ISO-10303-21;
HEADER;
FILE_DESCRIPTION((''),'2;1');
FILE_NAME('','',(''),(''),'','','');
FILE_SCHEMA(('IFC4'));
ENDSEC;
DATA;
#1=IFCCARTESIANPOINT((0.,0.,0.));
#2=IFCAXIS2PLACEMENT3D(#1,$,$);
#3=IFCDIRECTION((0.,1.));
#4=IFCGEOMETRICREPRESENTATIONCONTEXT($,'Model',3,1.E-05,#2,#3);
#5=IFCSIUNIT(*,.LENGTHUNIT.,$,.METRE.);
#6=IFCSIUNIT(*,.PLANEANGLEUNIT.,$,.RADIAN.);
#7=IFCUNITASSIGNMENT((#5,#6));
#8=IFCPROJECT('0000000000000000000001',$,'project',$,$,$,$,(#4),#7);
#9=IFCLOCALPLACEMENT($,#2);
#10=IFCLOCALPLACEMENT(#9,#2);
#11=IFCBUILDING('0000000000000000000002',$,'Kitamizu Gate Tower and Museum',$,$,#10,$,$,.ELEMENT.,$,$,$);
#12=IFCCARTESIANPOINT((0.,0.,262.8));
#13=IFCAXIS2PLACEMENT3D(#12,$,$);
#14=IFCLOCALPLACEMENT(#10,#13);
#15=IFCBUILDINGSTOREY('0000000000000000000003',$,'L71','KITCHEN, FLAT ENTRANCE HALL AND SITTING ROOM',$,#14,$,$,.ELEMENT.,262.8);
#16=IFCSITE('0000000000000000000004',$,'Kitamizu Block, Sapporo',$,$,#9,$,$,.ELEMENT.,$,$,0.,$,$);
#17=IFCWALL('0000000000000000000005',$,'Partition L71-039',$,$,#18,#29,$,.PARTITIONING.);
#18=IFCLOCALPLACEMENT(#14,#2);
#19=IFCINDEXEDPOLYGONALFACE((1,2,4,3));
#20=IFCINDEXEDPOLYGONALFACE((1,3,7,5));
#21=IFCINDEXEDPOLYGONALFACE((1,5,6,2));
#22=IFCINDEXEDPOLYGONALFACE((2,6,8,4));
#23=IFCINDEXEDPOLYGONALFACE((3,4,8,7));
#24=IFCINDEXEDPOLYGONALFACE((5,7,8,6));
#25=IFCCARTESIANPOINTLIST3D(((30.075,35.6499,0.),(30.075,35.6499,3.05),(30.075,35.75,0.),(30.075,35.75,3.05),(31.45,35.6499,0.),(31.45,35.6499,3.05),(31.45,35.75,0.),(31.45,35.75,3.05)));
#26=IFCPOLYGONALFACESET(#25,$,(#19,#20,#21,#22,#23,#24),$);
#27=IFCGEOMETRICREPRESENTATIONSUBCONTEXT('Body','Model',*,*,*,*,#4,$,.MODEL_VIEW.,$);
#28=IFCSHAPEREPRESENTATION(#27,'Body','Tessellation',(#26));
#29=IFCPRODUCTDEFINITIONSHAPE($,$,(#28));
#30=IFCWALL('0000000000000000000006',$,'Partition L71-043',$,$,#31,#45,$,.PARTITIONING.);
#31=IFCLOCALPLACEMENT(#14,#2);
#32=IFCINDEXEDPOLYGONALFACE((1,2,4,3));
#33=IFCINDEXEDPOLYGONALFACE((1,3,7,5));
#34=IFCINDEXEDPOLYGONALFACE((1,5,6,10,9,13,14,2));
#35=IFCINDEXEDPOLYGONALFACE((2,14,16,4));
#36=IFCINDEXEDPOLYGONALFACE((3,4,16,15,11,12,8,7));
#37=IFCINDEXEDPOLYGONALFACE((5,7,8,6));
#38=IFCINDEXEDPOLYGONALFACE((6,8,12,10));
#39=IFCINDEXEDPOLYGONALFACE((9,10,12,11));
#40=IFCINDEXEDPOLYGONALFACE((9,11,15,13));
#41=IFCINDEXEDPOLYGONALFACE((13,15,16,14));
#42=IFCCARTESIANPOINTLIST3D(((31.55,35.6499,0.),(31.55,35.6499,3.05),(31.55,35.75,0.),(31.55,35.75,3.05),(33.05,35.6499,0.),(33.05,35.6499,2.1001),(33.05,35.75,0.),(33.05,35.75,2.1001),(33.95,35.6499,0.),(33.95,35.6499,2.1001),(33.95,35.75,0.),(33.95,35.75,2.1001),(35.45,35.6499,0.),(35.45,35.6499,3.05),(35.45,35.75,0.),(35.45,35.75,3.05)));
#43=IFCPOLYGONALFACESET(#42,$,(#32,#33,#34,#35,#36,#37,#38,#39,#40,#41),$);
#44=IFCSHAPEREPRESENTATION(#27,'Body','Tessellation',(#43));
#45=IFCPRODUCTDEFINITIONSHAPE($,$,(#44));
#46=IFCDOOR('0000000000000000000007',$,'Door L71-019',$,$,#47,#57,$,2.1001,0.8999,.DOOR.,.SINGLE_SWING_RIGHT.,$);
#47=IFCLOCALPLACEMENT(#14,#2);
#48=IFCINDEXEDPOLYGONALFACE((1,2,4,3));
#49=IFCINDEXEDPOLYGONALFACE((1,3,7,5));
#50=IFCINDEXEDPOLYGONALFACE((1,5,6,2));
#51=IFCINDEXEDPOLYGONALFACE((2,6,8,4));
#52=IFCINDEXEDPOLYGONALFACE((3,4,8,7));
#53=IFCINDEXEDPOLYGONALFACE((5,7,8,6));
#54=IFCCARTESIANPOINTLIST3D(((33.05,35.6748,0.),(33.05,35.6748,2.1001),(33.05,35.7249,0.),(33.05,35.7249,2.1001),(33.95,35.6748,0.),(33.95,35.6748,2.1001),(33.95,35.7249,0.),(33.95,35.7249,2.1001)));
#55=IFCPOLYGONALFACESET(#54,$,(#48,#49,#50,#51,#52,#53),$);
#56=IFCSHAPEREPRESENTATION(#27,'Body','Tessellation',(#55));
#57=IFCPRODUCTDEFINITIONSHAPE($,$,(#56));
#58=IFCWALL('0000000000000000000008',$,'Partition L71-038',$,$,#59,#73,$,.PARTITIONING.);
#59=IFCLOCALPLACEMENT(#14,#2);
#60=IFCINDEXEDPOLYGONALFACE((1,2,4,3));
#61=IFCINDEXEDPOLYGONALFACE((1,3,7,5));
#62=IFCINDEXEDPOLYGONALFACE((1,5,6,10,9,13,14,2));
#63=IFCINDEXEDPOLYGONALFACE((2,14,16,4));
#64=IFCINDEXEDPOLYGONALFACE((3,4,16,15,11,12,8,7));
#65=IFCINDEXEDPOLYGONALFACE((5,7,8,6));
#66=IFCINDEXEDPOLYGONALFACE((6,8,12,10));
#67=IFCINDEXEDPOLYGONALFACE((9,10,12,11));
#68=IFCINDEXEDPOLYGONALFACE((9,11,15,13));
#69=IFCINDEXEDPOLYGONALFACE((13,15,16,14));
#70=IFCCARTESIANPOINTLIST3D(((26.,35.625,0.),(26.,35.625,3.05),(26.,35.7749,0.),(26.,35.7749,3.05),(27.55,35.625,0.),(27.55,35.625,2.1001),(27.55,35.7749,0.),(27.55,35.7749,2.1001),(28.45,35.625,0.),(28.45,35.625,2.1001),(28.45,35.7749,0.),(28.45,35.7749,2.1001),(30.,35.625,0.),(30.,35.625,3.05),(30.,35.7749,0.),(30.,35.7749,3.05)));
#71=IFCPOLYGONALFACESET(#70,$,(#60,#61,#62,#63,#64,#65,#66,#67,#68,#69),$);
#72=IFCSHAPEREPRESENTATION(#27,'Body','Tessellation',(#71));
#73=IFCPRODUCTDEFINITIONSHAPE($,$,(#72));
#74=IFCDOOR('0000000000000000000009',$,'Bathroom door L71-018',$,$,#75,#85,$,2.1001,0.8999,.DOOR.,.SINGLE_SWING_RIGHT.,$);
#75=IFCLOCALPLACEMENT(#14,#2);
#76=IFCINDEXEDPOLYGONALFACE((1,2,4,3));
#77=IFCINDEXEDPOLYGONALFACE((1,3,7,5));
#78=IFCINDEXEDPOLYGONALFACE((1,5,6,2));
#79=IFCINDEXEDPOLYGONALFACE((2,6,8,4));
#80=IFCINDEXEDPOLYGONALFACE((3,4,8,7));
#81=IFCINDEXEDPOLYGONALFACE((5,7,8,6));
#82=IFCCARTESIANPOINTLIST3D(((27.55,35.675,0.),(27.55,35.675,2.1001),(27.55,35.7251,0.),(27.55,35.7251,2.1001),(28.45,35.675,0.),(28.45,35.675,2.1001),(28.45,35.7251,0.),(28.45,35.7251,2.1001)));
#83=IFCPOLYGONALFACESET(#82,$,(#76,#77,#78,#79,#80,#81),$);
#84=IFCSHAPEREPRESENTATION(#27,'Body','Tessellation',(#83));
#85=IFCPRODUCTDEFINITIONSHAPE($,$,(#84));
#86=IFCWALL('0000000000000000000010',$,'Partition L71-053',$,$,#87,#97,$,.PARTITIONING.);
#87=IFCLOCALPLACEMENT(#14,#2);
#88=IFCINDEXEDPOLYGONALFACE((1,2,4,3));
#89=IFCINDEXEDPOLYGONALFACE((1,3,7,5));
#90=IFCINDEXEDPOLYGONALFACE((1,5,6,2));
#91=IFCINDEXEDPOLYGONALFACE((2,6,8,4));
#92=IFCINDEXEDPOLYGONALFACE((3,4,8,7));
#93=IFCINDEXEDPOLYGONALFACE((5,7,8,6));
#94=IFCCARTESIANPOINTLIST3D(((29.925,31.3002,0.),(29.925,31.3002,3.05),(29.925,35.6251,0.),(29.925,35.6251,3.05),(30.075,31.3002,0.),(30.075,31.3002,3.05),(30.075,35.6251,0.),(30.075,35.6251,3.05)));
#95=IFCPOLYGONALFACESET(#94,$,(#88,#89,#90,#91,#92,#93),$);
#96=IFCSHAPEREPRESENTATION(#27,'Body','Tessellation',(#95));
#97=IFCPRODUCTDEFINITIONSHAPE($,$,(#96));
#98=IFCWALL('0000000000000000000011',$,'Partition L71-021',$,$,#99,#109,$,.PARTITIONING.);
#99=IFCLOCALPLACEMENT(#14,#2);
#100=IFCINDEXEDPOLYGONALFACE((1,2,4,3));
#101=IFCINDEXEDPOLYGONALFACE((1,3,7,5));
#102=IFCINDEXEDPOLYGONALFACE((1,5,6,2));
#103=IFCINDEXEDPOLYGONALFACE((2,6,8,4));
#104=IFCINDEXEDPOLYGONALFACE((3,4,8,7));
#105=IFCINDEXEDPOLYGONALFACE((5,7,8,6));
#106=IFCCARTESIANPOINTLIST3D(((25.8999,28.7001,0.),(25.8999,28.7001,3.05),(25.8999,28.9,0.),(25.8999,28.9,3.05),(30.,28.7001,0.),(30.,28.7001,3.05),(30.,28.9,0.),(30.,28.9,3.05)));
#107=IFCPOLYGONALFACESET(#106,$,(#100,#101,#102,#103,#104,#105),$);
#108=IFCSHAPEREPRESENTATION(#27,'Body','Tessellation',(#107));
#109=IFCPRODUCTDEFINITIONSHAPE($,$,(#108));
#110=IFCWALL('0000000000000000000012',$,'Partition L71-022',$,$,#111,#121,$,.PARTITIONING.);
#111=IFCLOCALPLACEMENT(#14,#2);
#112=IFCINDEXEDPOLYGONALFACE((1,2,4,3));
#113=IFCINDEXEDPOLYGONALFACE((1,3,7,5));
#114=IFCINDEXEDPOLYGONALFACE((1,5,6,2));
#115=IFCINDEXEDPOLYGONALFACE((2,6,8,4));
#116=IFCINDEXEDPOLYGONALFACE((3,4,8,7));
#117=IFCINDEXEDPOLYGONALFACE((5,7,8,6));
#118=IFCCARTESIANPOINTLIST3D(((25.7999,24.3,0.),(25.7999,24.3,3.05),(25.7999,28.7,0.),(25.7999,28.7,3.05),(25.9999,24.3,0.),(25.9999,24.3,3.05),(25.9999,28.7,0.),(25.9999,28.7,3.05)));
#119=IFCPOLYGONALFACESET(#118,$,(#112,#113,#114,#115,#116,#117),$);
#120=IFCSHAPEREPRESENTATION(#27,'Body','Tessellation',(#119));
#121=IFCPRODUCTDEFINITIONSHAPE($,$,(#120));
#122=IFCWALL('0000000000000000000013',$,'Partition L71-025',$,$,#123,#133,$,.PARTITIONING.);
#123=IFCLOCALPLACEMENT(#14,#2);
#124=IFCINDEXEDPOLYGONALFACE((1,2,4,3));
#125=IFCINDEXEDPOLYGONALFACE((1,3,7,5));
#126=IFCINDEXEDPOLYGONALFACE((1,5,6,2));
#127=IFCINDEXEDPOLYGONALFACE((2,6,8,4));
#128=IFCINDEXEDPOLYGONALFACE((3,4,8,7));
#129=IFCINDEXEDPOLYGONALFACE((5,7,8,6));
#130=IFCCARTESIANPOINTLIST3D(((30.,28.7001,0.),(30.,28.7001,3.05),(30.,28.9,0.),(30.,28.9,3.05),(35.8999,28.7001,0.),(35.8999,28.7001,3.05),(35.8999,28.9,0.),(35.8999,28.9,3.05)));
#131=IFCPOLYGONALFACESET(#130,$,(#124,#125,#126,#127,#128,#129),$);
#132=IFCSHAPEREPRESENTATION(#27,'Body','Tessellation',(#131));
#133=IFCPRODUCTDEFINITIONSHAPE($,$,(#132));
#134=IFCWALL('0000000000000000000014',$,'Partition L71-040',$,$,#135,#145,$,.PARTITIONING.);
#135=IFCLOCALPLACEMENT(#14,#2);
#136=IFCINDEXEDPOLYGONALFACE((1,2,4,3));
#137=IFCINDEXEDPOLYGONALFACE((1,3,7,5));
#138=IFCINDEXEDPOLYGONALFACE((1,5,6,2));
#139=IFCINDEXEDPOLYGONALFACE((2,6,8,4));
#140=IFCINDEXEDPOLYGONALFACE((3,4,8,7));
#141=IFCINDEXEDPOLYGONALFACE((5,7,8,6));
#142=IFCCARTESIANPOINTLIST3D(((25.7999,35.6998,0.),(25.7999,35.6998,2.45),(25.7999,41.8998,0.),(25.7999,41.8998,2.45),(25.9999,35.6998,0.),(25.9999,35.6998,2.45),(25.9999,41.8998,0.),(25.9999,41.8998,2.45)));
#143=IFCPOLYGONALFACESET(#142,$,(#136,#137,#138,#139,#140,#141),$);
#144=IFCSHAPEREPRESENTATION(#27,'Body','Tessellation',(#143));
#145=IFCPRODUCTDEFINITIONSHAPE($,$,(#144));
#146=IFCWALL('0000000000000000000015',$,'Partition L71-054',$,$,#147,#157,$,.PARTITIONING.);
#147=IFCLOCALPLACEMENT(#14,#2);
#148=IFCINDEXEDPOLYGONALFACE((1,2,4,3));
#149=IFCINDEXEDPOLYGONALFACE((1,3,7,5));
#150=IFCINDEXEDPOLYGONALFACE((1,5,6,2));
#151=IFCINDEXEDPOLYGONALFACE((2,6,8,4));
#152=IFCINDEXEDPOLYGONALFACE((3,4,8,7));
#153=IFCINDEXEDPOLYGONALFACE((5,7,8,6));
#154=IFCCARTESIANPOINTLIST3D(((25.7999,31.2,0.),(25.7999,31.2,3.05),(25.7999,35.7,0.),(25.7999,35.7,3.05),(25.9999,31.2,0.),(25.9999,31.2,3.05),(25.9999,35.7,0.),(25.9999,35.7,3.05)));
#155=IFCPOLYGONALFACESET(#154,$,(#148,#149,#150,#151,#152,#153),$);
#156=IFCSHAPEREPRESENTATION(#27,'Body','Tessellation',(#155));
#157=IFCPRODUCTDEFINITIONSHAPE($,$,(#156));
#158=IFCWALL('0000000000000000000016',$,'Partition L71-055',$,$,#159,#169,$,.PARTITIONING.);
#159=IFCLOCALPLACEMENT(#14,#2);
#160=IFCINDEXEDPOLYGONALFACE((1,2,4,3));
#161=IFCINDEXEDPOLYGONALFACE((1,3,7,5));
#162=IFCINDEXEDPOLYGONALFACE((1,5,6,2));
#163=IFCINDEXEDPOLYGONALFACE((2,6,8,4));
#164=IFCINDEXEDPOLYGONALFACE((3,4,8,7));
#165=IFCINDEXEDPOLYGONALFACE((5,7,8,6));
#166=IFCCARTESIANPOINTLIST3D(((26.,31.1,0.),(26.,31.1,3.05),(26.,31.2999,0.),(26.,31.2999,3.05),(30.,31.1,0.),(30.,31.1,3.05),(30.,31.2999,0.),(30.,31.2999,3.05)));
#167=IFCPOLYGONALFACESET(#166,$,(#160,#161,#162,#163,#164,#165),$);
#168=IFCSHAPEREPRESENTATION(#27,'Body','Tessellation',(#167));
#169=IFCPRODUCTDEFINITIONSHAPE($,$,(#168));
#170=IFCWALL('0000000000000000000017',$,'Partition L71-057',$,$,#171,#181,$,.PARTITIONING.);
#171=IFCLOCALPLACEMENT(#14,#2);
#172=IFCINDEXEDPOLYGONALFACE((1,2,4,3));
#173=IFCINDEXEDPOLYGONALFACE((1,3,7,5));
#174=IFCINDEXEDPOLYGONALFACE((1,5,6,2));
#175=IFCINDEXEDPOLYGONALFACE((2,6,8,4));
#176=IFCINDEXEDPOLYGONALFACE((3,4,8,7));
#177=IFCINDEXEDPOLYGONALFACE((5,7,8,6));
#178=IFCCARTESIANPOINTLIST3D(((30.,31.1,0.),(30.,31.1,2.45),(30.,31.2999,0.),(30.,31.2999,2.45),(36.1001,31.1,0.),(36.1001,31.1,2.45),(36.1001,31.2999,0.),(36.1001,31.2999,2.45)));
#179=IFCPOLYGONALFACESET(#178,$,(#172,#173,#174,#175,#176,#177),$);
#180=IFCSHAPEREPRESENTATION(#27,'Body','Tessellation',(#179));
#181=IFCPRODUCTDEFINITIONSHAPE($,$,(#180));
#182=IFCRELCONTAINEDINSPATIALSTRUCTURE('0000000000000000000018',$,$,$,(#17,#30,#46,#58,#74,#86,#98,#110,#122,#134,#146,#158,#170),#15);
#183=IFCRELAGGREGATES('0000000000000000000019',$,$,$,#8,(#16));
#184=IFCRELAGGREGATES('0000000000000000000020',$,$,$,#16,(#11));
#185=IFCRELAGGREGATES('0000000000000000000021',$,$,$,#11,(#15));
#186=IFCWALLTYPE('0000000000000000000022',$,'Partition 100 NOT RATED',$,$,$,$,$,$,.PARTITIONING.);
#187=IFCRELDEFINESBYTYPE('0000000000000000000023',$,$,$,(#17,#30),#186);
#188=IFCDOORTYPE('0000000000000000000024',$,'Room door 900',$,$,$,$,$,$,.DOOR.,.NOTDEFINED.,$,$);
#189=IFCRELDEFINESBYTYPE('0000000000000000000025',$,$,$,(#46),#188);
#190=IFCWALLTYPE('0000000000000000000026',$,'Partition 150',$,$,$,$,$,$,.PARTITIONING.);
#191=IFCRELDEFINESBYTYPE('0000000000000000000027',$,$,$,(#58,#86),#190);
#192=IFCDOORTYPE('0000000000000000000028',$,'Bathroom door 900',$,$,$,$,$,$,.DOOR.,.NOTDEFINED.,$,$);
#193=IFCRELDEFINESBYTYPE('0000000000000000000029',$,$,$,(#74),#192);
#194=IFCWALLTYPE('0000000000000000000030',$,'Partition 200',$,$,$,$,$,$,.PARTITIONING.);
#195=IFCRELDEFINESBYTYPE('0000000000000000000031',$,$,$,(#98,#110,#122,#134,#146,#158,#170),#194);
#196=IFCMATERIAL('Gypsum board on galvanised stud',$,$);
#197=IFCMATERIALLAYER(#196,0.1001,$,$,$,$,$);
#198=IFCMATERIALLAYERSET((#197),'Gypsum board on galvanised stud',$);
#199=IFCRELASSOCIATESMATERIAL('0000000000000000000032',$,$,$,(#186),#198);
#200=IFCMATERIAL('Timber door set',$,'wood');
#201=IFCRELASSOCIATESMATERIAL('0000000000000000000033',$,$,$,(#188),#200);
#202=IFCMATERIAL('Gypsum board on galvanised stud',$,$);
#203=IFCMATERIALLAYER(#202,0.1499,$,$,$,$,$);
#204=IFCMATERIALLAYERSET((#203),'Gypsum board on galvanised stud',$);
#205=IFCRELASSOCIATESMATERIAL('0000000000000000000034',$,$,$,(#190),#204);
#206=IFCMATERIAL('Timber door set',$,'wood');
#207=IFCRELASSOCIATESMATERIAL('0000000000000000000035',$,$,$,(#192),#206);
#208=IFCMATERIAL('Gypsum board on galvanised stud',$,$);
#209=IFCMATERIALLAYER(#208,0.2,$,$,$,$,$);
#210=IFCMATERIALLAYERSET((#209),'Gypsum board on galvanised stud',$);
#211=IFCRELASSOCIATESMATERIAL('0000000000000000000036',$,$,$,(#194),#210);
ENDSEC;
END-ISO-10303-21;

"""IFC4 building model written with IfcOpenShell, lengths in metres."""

from ifc_helpers import new_model, si_unit, direction, frame, frame_2d, origin, place, context, subcontext, project, spatial, rectangle, extrude, material, layer, layer_set, type_object, element, fill, save


model = new_model("IFC4")

# Units and contexts
model_context = context("Model", 3, precision=1e-05, world=origin(), true_north=direction((0.0, 1.0)))
body_context = subcontext(model_context, "Body", "Model", "MODEL_VIEW")
ifc_project = project(units=[si_unit("LENGTHUNIT", "METRE"), si_unit("PLANEANGLEUNIT", "RADIAN")], contexts=[model_context])

# Site, building, storey
site_placement = place(None, origin())
site = spatial("IfcSite", under=ifc_project, at=site_placement, Name="Kitamizu Block, Sapporo", CompositionType="ELEMENT", RefElevation=0.0)
building_placement = place(site_placement, origin())
building = spatial("IfcBuilding", under=site, at=building_placement, Name="Kitamizu Gate Tower and Museum", CompositionType="ELEMENT")
storey_placement = place(building_placement, frame((0.0, 0.0, 262.8)))
storey = spatial("IfcBuildingStorey", under=building, at=storey_placement, Name="L71", Description="KITCHEN, FLAT ENTRANCE HALL AND SITTING ROOM", CompositionType="ELEMENT", Elevation=262.8)

# Shared definitions
ifc_material_1 = material(Name="Gypsum board on galvanised stud")
ifc_layer_1 = layer(ifc_material_1, 0.1001)
ifc_layer_set_1 = layer_set([ifc_layer_1], Name="Gypsum board on galvanised stud")
wall_type_1 = type_object("IfcWallType", Name="Partition 100 NOT RATED", PredefinedType="PARTITIONING", material=ifc_layer_set_1)
ifc_material_2 = material(Name="Timber door set", Category="wood")
door_type_1 = type_object("IfcDoorType", Name="Room door 900", OperationType="NOTDEFINED", PredefinedType="DOOR", material=ifc_material_2)

# Wall
wall_1_placement = place(storey_placement, frame((30.075, 35.7, 0.0), z_axis=(0.0, 0.0, 1.0), x_axis=(1.0, 0.0, 0.0)))
element("IfcWall", 1, at=wall_1_placement, inside=storey, type_object=wall_type_1, Name="Partition L71-039", PredefinedType="PARTITIONING", context=body_context, shape_type="SweptSolid", body=[
    extrude(rectangle(XDim=1.375, YDim=0.1001, at=frame_2d((0.6875, 0.0))), origin(), (0.0, 0.0, 1.0), 3.05),
])

# Walls, openings, doors
wall_2_placement = place(storey_placement, frame((31.55, 35.7, 0.0), z_axis=(0.0, 0.0, 1.0), x_axis=(1.0, 0.0, 0.0)))
wall_2 = element("IfcWall", 2, at=wall_2_placement, inside=storey, type_object=wall_type_1, Name="Partition L71-043", PredefinedType="PARTITIONING", context=body_context, shape_type="SweptSolid", body=[
    extrude(rectangle(XDim=3.8999, YDim=0.1001, at=frame_2d((1.95, 0.0))), origin(), (0.0, 0.0, 1.0), 3.05),
])
opening_1_placement = place(wall_2_placement, frame((1.5, 0.0, 0.0)))
opening_1 = element("IfcOpeningElement", 3, at=opening_1_placement, cuts=wall_2, PredefinedType="OPENING", context=body_context, shape_type="SweptSolid", body=[
    extrude(rectangle(XDim=0.8999, YDim=2.1001, at=frame_2d((0.45, 1.05))), frame((0.0, 0.0601, 0.0), z_axis=(0.0, -1.0, 0.0), x_axis=(1.0, 0.0, 0.0)), (0.0, 0.0, 1.0), 0.1201),
])
door_1_placement = place(opening_1_placement, origin())
door_1 = element("IfcDoor", 4, at=door_1_placement, inside=storey, type_object=door_type_1, Name="Door L71-019", OperationType="SINGLE_SWING_RIGHT", OverallHeight=2.1001, OverallWidth=0.8999, PredefinedType="DOOR", context=body_context, shape_type="SweptSolid", body=[
    extrude(rectangle(XDim=0.8999, YDim=2.1001, at=frame_2d((0.45, 1.05))), frame((0.0, 0.0249, 0.0), z_axis=(0.0, -1.0, 0.0), x_axis=(1.0, 0.0, 0.0)), (0.0, 0.0, 1.0), 0.05),
])
fill(opening_1, door_1)
ifc_material_3 = material(Name="Gypsum board on galvanised stud")
ifc_layer_2 = layer(ifc_material_3, 0.1499)
ifc_layer_set_2 = layer_set([ifc_layer_2], Name="Gypsum board on galvanised stud")
wall_type_2 = type_object("IfcWallType", Name="Partition 150", PredefinedType="PARTITIONING", material=ifc_layer_set_2)
wall_3_placement = place(storey_placement, frame((26.0, 35.7, 0.0), z_axis=(0.0, 0.0, 1.0), x_axis=(1.0, 0.0, 0.0)))
wall_3 = element("IfcWall", 5, at=wall_3_placement, inside=storey, type_object=wall_type_2, Name="Partition L71-038", PredefinedType="PARTITIONING", context=body_context, shape_type="SweptSolid", body=[
    extrude(rectangle(XDim=4.0, YDim=0.1499, at=frame_2d((2.0, 0.0))), origin(), (0.0, 0.0, 1.0), 3.05),
])
opening_2_placement = place(wall_3_placement, frame((1.55, 0.0, 0.0)))
opening_2 = element("IfcOpeningElement", 6, at=opening_2_placement, cuts=wall_3, PredefinedType="OPENING", context=body_context, shape_type="SweptSolid", body=[
    extrude(rectangle(XDim=0.8999, YDim=2.1001, at=frame_2d((0.45, 1.05))), frame((0.0, 0.085, 0.0), z_axis=(0.0, -1.0, 0.0), x_axis=(1.0, 0.0, 0.0)), (0.0, 0.0, 1.0), 0.1699),
])
ifc_material_4 = material(Name="Timber door set", Category="wood")
door_type_2 = type_object("IfcDoorType", Name="Bathroom door 900", OperationType="NOTDEFINED", PredefinedType="DOOR", material=ifc_material_4)
door_2_placement = place(opening_2_placement, frame((0.8999, 0.0, 0.0), x_axis=(-1.0, 0.0, 0.0)))
door_2 = element("IfcDoor", 7, at=door_2_placement, inside=storey, type_object=door_type_2, Name="Bathroom door L71-018", OperationType="SINGLE_SWING_RIGHT", OverallHeight=2.1001, OverallWidth=0.8999, PredefinedType="DOOR", context=body_context, shape_type="SweptSolid", body=[
    extrude(rectangle(XDim=0.8999, YDim=2.1001, at=frame_2d((0.45, 1.05))), frame((0.0, 0.0249, 0.0), z_axis=(0.0, -1.0, 0.0), x_axis=(1.0, 0.0, 0.0)), (0.0, 0.0, 1.0), 0.05),
])
fill(opening_2, door_2)

# Walls
wall_4_placement = place(storey_placement, frame((30.0, 31.3, 0.0), z_axis=(0.0, 0.0, 1.0), x_axis=(0.0, 1.0, 0.0)))
element("IfcWall", 8, at=wall_4_placement, inside=storey, type_object=wall_type_2, Name="Partition L71-053", PredefinedType="PARTITIONING", context=body_context, shape_type="SweptSolid", body=[
    extrude(rectangle(XDim=4.325, YDim=0.1499, at=frame_2d((2.1626, 0.0))), origin(), (0.0, 0.0, 1.0), 3.05),
])
ifc_material_5 = material(Name="Gypsum board on galvanised stud")
ifc_layer_3 = layer(ifc_material_5, 0.2)
ifc_layer_set_3 = layer_set([ifc_layer_3], Name="Gypsum board on galvanised stud")
wall_type_3 = type_object("IfcWallType", Name="Partition 200", PredefinedType="PARTITIONING", material=ifc_layer_set_3)
wall_5_placement = place(storey_placement, frame((30.0, 28.8, 0.0), z_axis=(0.0, 0.0, 1.0), x_axis=(-1.0, 0.0, 0.0)))
element("IfcWall", 9, at=wall_5_placement, inside=storey, type_object=wall_type_3, Name="Partition L71-021", PredefinedType="PARTITIONING", context=body_context, shape_type="SweptSolid", body=[
    extrude(rectangle(XDim=4.1001, YDim=0.2, at=frame_2d((2.05, 0.0))), origin(), (0.0, 0.0, 1.0), 3.05),
])
wall_6_placement = place(storey_placement, frame((25.8999, 28.7, 0.0), z_axis=(0.0, 0.0, 1.0), x_axis=(0.0, -1.0, 0.0)))
element("IfcWall", 10, at=wall_6_placement, inside=storey, type_object=wall_type_3, Name="Partition L71-022", PredefinedType="PARTITIONING", context=body_context, shape_type="SweptSolid", body=[
    extrude(rectangle(XDim=4.3999, YDim=0.2, at=frame_2d((2.2, 0.0))), origin(), (0.0, 0.0, 1.0), 3.05),
])
wall_7_placement = place(storey_placement, frame((35.8999, 28.8, 0.0), z_axis=(0.0, 0.0, 1.0), x_axis=(-1.0, 0.0, 0.0)))
element("IfcWall", 11, at=wall_7_placement, inside=storey, type_object=wall_type_3, Name="Partition L71-025", PredefinedType="PARTITIONING", context=body_context, shape_type="SweptSolid", body=[
    extrude(rectangle(XDim=5.8999, YDim=0.2, at=frame_2d((2.95, 0.0))), origin(), (0.0, 0.0, 1.0), 3.05),
])
wall_8_placement = place(storey_placement, frame((25.8999, 41.8999, 0.0), z_axis=(0.0, 0.0, 1.0), x_axis=(0.0, -1.0, 0.0)))
element("IfcWall", 12, at=wall_8_placement, inside=storey, type_object=wall_type_3, Name="Partition L71-040", PredefinedType="PARTITIONING", context=body_context, shape_type="SweptSolid", body=[
    extrude(rectangle(XDim=6.2, YDim=0.2, at=frame_2d((3.1001, 0.0))), origin(), (0.0, 0.0, 1.0), 2.45),
])
wall_9_placement = place(storey_placement, frame((25.8999, 35.7, 0.0), z_axis=(0.0, 0.0, 1.0), x_axis=(0.0, -1.0, 0.0)))
element("IfcWall", 13, at=wall_9_placement, inside=storey, type_object=wall_type_3, Name="Partition L71-054", PredefinedType="PARTITIONING", context=body_context, shape_type="SweptSolid", body=[
    extrude(rectangle(XDim=4.5, YDim=0.2, at=frame_2d((2.25, 0.0))), origin(), (0.0, 0.0, 1.0), 3.05),
])
wall_10_placement = place(storey_placement, frame((26.0, 31.2, 0.0), z_axis=(0.0, 0.0, 1.0), x_axis=(1.0, 0.0, 0.0)))
element("IfcWall", 14, at=wall_10_placement, inside=storey, type_object=wall_type_3, Name="Partition L71-055", PredefinedType="PARTITIONING", context=body_context, shape_type="SweptSolid", body=[
    extrude(rectangle(XDim=4.0, YDim=0.2, at=frame_2d((2.0, 0.0))), origin(), (0.0, 0.0, 1.0), 3.05),
])
wall_11_placement = place(storey_placement, frame((30.0, 31.2, 0.0), z_axis=(0.0, 0.0, 1.0), x_axis=(1.0, 0.0, 0.0)))
element("IfcWall", 15, at=wall_11_placement, inside=storey, type_object=wall_type_3, Name="Partition L71-057", PredefinedType="PARTITIONING", context=body_context, shape_type="SweptSolid", body=[
    extrude(rectangle(XDim=6.1001, YDim=0.2, at=frame_2d((3.05, 0.0))), origin(), (0.0, 0.0, 1.0), 2.45),
])

save(model, "model.ifc")
